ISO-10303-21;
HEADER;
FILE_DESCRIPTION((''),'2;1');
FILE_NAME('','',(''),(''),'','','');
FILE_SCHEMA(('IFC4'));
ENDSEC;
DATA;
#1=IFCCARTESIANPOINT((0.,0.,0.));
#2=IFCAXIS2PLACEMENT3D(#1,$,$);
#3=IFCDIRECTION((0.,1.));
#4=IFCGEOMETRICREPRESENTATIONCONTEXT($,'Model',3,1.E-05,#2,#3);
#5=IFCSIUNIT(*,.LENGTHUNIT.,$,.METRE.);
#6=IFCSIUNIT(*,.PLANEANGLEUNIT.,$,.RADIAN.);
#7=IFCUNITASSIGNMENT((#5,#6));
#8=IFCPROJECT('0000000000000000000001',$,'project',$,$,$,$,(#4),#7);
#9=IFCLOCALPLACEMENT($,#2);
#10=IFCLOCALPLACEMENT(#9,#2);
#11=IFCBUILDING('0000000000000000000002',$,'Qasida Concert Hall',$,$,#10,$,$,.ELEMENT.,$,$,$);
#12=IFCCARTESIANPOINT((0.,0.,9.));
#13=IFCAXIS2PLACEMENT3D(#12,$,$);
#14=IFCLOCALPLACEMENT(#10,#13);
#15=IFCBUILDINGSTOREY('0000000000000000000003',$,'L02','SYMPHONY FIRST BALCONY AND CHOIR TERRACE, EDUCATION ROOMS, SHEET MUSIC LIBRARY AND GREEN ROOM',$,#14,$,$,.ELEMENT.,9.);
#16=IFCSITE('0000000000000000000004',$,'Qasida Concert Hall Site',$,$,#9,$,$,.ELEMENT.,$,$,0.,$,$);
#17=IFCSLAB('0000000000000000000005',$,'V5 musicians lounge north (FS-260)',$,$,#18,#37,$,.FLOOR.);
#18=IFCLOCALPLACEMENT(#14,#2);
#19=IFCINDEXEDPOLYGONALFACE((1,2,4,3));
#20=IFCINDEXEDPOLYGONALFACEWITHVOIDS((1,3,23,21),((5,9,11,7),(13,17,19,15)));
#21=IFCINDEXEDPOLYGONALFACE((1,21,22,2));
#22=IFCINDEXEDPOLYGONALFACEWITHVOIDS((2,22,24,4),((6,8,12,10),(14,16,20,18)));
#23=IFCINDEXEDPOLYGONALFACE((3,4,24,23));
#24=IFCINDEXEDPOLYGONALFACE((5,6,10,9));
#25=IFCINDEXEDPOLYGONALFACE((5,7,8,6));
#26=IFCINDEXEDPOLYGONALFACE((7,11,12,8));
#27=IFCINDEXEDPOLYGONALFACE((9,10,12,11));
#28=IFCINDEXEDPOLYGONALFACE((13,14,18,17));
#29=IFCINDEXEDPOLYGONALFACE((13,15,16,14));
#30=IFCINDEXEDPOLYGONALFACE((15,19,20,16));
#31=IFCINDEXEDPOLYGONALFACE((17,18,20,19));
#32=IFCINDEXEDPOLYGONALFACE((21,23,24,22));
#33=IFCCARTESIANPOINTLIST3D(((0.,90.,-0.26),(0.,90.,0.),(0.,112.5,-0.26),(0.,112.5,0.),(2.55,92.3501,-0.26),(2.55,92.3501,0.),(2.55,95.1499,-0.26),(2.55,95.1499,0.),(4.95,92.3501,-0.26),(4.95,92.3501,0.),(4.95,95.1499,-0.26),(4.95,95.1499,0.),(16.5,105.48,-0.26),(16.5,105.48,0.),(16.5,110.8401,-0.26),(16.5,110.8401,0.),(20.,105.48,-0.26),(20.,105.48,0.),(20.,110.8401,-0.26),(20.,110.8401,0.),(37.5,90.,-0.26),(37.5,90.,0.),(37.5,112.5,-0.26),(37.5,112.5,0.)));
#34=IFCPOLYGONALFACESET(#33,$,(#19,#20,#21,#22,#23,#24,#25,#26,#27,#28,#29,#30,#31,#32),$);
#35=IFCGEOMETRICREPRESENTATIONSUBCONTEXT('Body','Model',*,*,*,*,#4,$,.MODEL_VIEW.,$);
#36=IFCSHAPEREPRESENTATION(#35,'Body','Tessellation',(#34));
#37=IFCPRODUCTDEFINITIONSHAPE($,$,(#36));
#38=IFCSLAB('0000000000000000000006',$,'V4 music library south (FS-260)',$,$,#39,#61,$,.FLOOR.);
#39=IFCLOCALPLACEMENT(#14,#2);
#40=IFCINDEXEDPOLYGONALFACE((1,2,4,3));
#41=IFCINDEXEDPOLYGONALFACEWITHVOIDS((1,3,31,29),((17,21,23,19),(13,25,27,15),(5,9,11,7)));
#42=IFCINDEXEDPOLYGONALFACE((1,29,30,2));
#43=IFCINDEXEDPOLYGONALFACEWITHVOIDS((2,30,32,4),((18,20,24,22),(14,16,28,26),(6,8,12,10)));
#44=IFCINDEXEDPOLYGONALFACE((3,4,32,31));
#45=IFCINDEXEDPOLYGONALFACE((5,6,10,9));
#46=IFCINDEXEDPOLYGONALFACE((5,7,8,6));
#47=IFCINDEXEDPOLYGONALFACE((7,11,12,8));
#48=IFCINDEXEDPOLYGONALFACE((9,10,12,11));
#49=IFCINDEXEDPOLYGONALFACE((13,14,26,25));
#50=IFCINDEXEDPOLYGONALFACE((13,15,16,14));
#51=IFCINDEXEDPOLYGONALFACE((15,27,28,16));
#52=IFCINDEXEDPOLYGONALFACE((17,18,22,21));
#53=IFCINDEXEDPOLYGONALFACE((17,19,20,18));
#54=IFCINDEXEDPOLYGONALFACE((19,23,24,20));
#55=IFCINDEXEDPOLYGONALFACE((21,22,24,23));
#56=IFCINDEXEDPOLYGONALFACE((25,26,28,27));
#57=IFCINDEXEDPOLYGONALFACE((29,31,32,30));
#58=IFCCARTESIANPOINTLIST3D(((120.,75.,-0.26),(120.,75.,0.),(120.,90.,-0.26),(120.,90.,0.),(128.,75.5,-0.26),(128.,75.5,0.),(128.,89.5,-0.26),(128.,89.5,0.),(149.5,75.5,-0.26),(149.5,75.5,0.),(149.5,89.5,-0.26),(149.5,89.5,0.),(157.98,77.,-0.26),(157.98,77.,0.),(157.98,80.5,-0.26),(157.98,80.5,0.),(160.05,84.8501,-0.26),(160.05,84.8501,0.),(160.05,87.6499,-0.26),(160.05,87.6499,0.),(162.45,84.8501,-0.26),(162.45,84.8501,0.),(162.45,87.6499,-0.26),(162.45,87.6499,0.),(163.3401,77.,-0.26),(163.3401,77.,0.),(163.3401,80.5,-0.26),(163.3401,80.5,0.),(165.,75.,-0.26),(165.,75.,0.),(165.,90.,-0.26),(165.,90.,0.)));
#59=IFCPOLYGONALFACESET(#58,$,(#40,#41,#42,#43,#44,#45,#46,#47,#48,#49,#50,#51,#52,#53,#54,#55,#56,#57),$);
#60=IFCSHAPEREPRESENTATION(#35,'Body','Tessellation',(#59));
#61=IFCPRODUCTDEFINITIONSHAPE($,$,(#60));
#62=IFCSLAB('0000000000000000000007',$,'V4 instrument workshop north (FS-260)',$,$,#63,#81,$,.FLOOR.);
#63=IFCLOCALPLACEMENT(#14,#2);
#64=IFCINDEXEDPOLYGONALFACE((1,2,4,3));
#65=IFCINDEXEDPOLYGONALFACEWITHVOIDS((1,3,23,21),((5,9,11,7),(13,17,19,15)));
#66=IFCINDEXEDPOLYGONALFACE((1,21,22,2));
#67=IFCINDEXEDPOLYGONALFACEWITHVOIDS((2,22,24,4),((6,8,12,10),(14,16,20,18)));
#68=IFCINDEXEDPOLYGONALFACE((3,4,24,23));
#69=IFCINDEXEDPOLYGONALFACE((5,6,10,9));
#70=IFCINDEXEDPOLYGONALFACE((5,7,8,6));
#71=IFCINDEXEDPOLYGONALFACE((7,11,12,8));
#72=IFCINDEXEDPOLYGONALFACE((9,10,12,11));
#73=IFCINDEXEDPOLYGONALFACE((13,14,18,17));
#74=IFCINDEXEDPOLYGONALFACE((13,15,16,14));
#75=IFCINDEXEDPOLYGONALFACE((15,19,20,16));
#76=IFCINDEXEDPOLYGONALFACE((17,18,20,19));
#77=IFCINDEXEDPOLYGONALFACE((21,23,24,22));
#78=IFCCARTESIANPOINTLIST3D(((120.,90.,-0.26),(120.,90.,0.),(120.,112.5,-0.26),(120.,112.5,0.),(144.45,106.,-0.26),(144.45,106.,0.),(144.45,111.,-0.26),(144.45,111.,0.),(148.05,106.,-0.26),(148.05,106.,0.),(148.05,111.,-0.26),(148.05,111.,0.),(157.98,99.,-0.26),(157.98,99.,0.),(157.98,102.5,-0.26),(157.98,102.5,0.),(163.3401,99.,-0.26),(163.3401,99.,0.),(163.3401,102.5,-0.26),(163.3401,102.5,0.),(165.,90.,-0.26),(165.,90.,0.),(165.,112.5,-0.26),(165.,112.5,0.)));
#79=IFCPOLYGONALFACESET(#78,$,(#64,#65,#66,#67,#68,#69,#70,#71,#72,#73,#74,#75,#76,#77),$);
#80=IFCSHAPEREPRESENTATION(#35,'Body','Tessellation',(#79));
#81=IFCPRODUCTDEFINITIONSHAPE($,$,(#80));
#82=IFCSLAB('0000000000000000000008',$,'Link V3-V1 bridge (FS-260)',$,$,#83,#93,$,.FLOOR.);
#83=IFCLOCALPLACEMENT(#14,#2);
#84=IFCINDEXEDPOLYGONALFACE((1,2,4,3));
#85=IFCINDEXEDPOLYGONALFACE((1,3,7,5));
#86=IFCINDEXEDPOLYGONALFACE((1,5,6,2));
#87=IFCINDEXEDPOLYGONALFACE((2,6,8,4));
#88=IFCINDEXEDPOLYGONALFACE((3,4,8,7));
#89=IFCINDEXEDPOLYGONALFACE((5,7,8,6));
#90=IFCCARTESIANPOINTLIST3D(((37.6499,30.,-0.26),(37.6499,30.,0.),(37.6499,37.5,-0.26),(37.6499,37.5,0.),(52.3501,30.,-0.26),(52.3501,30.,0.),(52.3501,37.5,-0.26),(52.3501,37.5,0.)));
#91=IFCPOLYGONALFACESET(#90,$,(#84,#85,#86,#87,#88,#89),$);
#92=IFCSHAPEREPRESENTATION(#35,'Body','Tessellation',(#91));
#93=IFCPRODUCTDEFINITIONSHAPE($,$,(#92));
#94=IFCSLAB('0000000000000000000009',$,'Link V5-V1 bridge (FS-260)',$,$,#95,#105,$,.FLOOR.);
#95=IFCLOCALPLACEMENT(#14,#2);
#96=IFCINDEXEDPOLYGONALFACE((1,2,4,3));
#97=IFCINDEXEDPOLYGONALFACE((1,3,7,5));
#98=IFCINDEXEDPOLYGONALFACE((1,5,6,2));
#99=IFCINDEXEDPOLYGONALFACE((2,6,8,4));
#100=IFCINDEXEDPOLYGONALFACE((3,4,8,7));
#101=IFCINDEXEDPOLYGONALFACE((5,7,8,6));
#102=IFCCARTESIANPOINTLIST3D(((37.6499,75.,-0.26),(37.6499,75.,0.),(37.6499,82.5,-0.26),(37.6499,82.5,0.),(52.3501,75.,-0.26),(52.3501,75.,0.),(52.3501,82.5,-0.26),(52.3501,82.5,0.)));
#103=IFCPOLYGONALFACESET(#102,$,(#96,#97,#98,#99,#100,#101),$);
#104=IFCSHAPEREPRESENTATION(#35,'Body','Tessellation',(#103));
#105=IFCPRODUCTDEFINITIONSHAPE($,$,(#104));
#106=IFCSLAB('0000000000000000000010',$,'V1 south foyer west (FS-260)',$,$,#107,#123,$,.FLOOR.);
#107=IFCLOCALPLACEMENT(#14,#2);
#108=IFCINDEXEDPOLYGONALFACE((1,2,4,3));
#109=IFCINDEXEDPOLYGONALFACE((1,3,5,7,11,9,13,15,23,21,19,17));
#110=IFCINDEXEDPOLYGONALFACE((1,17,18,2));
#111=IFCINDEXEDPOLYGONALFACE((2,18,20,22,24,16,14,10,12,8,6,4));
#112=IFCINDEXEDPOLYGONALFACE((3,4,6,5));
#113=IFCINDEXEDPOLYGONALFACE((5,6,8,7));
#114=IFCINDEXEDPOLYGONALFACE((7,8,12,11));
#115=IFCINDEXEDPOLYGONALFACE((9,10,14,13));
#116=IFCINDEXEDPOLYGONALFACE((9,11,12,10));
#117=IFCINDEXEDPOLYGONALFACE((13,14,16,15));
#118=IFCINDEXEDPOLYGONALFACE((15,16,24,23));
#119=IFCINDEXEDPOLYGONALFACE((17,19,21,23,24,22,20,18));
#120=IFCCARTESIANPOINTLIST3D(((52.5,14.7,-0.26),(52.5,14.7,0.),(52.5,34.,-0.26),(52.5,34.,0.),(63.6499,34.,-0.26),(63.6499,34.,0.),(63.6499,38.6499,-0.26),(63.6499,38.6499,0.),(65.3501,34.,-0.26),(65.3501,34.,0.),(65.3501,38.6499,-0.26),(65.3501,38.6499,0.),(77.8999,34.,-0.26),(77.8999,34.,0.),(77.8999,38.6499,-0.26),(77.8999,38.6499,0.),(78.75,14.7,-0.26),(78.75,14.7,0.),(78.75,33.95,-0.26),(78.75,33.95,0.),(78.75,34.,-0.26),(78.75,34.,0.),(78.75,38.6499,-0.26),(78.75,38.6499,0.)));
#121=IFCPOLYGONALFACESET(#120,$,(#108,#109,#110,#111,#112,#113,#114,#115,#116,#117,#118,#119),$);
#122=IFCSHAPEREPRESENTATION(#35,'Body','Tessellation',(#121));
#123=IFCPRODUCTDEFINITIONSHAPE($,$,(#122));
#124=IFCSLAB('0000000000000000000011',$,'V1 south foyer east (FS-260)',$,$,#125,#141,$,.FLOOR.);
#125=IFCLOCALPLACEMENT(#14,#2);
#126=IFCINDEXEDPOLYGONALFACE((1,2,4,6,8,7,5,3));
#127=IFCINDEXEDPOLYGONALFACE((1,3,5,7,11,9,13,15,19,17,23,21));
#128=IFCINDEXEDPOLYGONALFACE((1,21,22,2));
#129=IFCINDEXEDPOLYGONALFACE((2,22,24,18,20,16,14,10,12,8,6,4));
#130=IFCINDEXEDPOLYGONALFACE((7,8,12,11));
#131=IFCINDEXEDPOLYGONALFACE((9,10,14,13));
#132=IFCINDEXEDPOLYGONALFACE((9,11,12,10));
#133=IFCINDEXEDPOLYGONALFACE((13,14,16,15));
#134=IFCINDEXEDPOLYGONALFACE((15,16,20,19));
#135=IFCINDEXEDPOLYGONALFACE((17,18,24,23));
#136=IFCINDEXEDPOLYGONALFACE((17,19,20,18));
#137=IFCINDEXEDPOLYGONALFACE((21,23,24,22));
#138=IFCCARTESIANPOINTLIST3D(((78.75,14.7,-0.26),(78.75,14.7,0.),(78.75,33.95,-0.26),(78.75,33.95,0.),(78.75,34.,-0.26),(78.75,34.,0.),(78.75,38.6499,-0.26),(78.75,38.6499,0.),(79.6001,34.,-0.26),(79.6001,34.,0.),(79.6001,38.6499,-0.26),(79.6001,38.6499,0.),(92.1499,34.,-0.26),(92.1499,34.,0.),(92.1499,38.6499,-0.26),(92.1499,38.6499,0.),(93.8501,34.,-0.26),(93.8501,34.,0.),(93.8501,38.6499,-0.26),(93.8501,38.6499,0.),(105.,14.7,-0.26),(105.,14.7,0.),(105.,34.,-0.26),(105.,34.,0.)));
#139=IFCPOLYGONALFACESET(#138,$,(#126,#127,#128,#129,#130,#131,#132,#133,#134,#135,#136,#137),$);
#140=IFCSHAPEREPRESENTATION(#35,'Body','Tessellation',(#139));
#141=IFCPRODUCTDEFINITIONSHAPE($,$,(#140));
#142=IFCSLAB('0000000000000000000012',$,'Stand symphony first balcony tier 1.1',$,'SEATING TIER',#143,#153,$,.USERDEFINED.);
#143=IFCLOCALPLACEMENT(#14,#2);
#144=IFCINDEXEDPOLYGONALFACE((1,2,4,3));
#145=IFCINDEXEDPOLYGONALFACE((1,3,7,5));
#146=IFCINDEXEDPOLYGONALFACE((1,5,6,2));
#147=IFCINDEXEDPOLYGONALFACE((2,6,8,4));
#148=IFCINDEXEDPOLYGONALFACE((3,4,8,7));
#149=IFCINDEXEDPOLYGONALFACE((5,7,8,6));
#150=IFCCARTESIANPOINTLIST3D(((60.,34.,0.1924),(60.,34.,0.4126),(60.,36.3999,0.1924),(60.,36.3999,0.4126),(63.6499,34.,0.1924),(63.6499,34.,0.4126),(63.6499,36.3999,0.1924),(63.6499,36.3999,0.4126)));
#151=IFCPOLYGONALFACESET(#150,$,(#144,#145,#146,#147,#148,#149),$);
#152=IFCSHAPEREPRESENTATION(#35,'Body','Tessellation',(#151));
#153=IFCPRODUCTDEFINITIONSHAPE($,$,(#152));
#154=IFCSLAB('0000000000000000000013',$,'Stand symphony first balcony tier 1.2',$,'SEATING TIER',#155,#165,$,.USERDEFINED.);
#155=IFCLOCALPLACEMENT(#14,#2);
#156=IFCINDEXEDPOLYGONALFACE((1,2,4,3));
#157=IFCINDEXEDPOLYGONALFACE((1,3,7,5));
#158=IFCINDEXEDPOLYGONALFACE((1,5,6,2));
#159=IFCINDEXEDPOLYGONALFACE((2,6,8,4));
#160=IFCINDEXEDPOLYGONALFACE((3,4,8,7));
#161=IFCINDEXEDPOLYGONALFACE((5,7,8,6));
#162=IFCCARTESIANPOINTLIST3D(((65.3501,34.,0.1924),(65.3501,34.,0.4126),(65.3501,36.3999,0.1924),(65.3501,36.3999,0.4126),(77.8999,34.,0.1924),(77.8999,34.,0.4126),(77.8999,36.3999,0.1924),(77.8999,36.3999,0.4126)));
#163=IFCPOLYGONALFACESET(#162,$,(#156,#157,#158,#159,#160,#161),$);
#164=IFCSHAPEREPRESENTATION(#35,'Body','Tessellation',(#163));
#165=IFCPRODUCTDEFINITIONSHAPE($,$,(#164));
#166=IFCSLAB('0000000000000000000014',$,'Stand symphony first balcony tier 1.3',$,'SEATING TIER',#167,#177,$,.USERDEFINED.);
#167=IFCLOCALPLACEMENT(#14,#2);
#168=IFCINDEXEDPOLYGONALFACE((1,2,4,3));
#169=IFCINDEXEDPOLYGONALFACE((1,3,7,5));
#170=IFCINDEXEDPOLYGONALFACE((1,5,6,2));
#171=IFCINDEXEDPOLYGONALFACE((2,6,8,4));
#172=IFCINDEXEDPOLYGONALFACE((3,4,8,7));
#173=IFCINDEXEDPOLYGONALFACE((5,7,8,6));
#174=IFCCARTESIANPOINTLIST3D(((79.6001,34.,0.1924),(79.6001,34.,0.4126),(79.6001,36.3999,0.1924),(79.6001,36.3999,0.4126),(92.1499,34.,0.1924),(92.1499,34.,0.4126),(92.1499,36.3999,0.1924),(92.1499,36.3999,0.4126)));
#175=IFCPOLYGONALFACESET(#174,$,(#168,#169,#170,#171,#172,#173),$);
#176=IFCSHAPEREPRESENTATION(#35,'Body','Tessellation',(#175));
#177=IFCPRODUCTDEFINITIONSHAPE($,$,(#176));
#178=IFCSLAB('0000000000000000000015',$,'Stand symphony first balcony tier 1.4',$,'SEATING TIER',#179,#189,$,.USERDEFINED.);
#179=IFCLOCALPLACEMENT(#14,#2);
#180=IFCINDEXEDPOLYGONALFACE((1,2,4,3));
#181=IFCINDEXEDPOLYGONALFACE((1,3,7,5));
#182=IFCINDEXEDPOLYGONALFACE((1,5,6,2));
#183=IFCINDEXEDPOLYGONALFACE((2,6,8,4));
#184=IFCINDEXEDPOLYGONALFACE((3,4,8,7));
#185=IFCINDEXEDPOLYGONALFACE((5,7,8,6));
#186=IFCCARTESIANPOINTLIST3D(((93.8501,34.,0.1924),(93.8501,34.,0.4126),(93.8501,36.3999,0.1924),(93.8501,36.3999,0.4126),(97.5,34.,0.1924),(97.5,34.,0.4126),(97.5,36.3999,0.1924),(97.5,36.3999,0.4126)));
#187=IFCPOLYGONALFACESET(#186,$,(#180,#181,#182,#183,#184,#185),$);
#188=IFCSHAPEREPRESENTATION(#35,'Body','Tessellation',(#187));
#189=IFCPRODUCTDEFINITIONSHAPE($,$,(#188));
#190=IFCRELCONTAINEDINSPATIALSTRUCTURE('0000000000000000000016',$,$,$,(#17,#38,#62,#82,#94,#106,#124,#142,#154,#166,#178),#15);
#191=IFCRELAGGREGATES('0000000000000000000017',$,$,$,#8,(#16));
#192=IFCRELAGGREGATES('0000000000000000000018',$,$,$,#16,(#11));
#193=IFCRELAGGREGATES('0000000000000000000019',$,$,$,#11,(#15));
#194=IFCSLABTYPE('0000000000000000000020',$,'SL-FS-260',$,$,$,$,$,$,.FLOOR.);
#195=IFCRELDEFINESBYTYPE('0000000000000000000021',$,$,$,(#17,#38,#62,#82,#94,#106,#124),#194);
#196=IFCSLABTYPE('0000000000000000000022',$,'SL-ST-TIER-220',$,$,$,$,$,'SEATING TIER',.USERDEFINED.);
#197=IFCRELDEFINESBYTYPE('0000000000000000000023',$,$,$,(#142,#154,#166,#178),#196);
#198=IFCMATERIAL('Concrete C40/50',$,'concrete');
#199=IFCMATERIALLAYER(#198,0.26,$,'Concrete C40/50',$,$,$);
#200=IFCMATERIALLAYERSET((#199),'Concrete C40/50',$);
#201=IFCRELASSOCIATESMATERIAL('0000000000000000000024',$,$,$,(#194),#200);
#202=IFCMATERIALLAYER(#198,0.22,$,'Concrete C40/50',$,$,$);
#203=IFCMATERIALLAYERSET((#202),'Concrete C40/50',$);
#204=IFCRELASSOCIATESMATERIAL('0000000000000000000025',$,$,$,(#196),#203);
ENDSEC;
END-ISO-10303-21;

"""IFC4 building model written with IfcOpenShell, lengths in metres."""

from ifc_helpers import new_model, si_unit, direction, frame, origin, place, context, subcontext, project, spatial, polyline, outline, extrude, material, layer, layer_set, type_object, element, save


model = new_model("IFC4")

# Units and contexts
model_context = context("Model", 3, precision=1e-05, world=origin(), true_north=direction((0.0, 1.0)))
body_context = subcontext(model_context, "Body", "Model", "MODEL_VIEW")
ifc_project = project(units=[si_unit("LENGTHUNIT", "METRE"), si_unit("PLANEANGLEUNIT", "RADIAN")], contexts=[model_context])

# Site, building, storey
site_placement = place(None, origin())
site = spatial("IfcSite", under=ifc_project, at=site_placement, Name="Qasida Concert Hall Site", CompositionType="ELEMENT", RefElevation=0.0)
building_placement = place(site_placement, origin())
building = spatial("IfcBuilding", under=site, at=building_placement, Name="Qasida Concert Hall", CompositionType="ELEMENT")
storey_placement = place(building_placement, frame((0.0, 0.0, 9.0)))
storey = spatial("IfcBuildingStorey", under=building, at=storey_placement, Name="L02", Description="SYMPHONY FIRST BALCONY AND CHOIR TERRACE, EDUCATION ROOMS, SHEET MUSIC LIBRARY AND GREEN ROOM", CompositionType="ELEMENT", Elevation=9.0)

# Slabs
ifc_material_1 = material(Name="Concrete C40/50", Category="concrete")
ifc_layer_1 = layer(ifc_material_1, 0.26, Name="Concrete C40/50")
ifc_layer_set_1 = layer_set([ifc_layer_1], Name="Concrete C40/50")
slab_type_1 = type_object("IfcSlabType", Name="SL-FS-260", PredefinedType="FLOOR", material=ifc_layer_set_1)
slab_1_placement = place(storey_placement, frame((0.0, 0.0, -0.26)))
element("IfcSlab", 1, at=slab_1_placement, inside=storey, type_object=slab_type_1, Name="V5 musicians lounge north (FS-260)", PredefinedType="FLOOR", context=body_context, shape_type="SweptSolid", body=[
    extrude(outline(polyline([(0.0, 90.0), (37.5, 90.0), (37.5, 112.5), (0.0, 112.5), (0.0, 90.0)]), holes=[polyline([(2.55, 92.3501), (4.95, 92.3501), (4.95, 95.1499), (2.55, 95.1499), (2.55, 92.3501)]), polyline([(16.5, 105.48), (20.0, 105.48), (20.0, 110.8401), (16.5, 110.8401), (16.5, 105.48)])]), origin(), (0.0, 0.0, 1.0), 0.26),
])
slab_2_placement = place(storey_placement, frame((0.0, 0.0, -0.26)))
element("IfcSlab", 2, at=slab_2_placement, inside=storey, type_object=slab_type_1, Name="V4 music library south (FS-260)", PredefinedType="FLOOR", context=body_context, shape_type="SweptSolid", body=[
    extrude(outline(polyline([(120.0, 75.0), (165.0, 75.0), (165.0, 90.0), (120.0, 90.0), (120.0, 75.0)]), holes=[polyline([(128.0, 75.5), (149.5, 75.5), (149.5, 89.5), (128.0, 89.5), (128.0, 75.5)]), polyline([(157.98, 77.0), (163.3401, 77.0), (163.3401, 80.5), (157.98, 80.5), (157.98, 77.0)]), polyline([(160.05, 84.8501), (162.45, 84.8501), (162.45, 87.6499), (160.05, 87.6499), (160.05, 84.8501)])]), origin(), (0.0, 0.0, 1.0), 0.26),
])
slab_3_placement = place(storey_placement, frame((0.0, 0.0, -0.26)))
element("IfcSlab", 3, at=slab_3_placement, inside=storey, type_object=slab_type_1, Name="V4 instrument workshop north (FS-260)", PredefinedType="FLOOR", context=body_context, shape_type="SweptSolid", body=[
    extrude(outline(polyline([(120.0, 90.0), (165.0, 90.0), (165.0, 112.5), (120.0, 112.5), (120.0, 90.0)]), holes=[polyline([(157.98, 99.0), (163.3401, 99.0), (163.3401, 102.5), (157.98, 102.5), (157.98, 99.0)]), polyline([(144.45, 106.0), (148.05, 106.0), (148.05, 111.0), (144.45, 111.0), (144.45, 106.0)])]), origin(), (0.0, 0.0, 1.0), 0.26),
])
slab_4_placement = place(storey_placement, frame((0.0, 0.0, -0.26)))
element("IfcSlab", 4, at=slab_4_placement, inside=storey, type_object=slab_type_1, Name="Link V3-V1 bridge (FS-260)", PredefinedType="FLOOR", context=body_context, shape_type="SweptSolid", body=[
    extrude(outline(polyline([(37.6499, 30.0), (52.3501, 30.0), (52.3501, 37.5), (37.6499, 37.5), (37.6499, 30.0)])), origin(), (0.0, 0.0, 1.0), 0.26),
])
slab_5_placement = place(storey_placement, frame((0.0, 0.0, -0.26)))
element("IfcSlab", 5, at=slab_5_placement, inside=storey, type_object=slab_type_1, Name="Link V5-V1 bridge (FS-260)", PredefinedType="FLOOR", context=body_context, shape_type="SweptSolid", body=[
    extrude(outline(polyline([(37.6499, 75.0), (52.3501, 75.0), (52.3501, 82.5), (37.6499, 82.5), (37.6499, 75.0)])), origin(), (0.0, 0.0, 1.0), 0.26),
])
slab_6_placement = place(storey_placement, frame((0.0, 0.0, -0.26)))
element("IfcSlab", 6, at=slab_6_placement, inside=storey, type_object=slab_type_1, Name="V1 south foyer west (FS-260)", PredefinedType="FLOOR", context=body_context, shape_type="SweptSolid", body=[
    extrude(outline(polyline([(78.75, 14.7), (52.5, 14.7), (52.5, 34.0), (63.6499, 34.0), (63.6499, 38.6499), (65.3501, 38.6499), (65.3501, 34.0), (77.8999, 34.0), (77.8999, 38.6499), (78.75, 38.6499), (78.75, 34.0), (78.75, 33.95), (78.75, 14.7)])), origin(), (0.0, 0.0, 1.0), 0.26),
])
slab_7_placement = place(storey_placement, frame((0.0, 0.0, -0.26)))
element("IfcSlab", 7, at=slab_7_placement, inside=storey, type_object=slab_type_1, Name="V1 south foyer east (FS-260)", PredefinedType="FLOOR", context=body_context, shape_type="SweptSolid", body=[
    extrude(outline(polyline([(105.0, 34.0), (105.0, 14.7), (78.75, 14.7), (78.75, 33.95), (78.75, 34.0), (78.75, 38.6499), (79.6001, 38.6499), (79.6001, 34.0), (92.1499, 34.0), (92.1499, 38.6499), (93.8501, 38.6499), (93.8501, 34.0), (105.0, 34.0)])), origin(), (0.0, 0.0, 1.0), 0.26),
])
ifc_layer_2 = layer(ifc_material_1, 0.22, Name="Concrete C40/50")
ifc_layer_set_2 = layer_set([ifc_layer_2], Name="Concrete C40/50")
slab_type_2 = type_object("IfcSlabType", Name="SL-ST-TIER-220", ElementType="SEATING TIER", PredefinedType="USERDEFINED", material=ifc_layer_set_2)
slab_8_placement = place(storey_placement, frame((0.0, 0.0, 0.1924)))
element("IfcSlab", 8, at=slab_8_placement, inside=storey, type_object=slab_type_2, Name="Stand symphony first balcony tier 1.1", ObjectType="SEATING TIER", PredefinedType="USERDEFINED", context=body_context, shape_type="SweptSolid", body=[
    extrude(outline(polyline([(60.0, 34.0), (63.6499, 34.0), (63.6499, 36.3999), (60.0, 36.3999), (60.0, 34.0)])), origin(), (0.0, 0.0, 1.0), 0.2202),
])
slab_9_placement = place(storey_placement, frame((0.0, 0.0, 0.1924)))
element("IfcSlab", 9, at=slab_9_placement, inside=storey, type_object=slab_type_2, Name="Stand symphony first balcony tier 1.2", ObjectType="SEATING TIER", PredefinedType="USERDEFINED", context=body_context, shape_type="SweptSolid", body=[
    extrude(outline(polyline([(65.3501, 34.0), (77.8999, 34.0), (77.8999, 36.3999), (65.3501, 36.3999), (65.3501, 34.0)])), origin(), (0.0, 0.0, 1.0), 0.2202),
])
slab_10_placement = place(storey_placement, frame((0.0, 0.0, 0.1924)))
element("IfcSlab", 10, at=slab_10_placement, inside=storey, type_object=slab_type_2, Name="Stand symphony first balcony tier 1.3", ObjectType="SEATING TIER", PredefinedType="USERDEFINED", context=body_context, shape_type="SweptSolid", body=[
    extrude(outline(polyline([(79.6001, 34.0), (92.1499, 34.0), (92.1499, 36.3999), (79.6001, 36.3999), (79.6001, 34.0)])), origin(), (0.0, 0.0, 1.0), 0.2202),
])
slab_11_placement = place(storey_placement, frame((0.0, 0.0, 0.1924)))
element("IfcSlab", 11, at=slab_11_placement, inside=storey, type_object=slab_type_2, Name="Stand symphony first balcony tier 1.4", ObjectType="SEATING TIER", PredefinedType="USERDEFINED", context=body_context, shape_type="SweptSolid", body=[
    extrude(outline(polyline([(93.8501, 34.0), (97.5, 34.0), (97.5, 36.3999), (93.8501, 36.3999), (93.8501, 34.0)])), origin(), (0.0, 0.0, 1.0), 0.2202),
])

save(model, "model.ifc")
